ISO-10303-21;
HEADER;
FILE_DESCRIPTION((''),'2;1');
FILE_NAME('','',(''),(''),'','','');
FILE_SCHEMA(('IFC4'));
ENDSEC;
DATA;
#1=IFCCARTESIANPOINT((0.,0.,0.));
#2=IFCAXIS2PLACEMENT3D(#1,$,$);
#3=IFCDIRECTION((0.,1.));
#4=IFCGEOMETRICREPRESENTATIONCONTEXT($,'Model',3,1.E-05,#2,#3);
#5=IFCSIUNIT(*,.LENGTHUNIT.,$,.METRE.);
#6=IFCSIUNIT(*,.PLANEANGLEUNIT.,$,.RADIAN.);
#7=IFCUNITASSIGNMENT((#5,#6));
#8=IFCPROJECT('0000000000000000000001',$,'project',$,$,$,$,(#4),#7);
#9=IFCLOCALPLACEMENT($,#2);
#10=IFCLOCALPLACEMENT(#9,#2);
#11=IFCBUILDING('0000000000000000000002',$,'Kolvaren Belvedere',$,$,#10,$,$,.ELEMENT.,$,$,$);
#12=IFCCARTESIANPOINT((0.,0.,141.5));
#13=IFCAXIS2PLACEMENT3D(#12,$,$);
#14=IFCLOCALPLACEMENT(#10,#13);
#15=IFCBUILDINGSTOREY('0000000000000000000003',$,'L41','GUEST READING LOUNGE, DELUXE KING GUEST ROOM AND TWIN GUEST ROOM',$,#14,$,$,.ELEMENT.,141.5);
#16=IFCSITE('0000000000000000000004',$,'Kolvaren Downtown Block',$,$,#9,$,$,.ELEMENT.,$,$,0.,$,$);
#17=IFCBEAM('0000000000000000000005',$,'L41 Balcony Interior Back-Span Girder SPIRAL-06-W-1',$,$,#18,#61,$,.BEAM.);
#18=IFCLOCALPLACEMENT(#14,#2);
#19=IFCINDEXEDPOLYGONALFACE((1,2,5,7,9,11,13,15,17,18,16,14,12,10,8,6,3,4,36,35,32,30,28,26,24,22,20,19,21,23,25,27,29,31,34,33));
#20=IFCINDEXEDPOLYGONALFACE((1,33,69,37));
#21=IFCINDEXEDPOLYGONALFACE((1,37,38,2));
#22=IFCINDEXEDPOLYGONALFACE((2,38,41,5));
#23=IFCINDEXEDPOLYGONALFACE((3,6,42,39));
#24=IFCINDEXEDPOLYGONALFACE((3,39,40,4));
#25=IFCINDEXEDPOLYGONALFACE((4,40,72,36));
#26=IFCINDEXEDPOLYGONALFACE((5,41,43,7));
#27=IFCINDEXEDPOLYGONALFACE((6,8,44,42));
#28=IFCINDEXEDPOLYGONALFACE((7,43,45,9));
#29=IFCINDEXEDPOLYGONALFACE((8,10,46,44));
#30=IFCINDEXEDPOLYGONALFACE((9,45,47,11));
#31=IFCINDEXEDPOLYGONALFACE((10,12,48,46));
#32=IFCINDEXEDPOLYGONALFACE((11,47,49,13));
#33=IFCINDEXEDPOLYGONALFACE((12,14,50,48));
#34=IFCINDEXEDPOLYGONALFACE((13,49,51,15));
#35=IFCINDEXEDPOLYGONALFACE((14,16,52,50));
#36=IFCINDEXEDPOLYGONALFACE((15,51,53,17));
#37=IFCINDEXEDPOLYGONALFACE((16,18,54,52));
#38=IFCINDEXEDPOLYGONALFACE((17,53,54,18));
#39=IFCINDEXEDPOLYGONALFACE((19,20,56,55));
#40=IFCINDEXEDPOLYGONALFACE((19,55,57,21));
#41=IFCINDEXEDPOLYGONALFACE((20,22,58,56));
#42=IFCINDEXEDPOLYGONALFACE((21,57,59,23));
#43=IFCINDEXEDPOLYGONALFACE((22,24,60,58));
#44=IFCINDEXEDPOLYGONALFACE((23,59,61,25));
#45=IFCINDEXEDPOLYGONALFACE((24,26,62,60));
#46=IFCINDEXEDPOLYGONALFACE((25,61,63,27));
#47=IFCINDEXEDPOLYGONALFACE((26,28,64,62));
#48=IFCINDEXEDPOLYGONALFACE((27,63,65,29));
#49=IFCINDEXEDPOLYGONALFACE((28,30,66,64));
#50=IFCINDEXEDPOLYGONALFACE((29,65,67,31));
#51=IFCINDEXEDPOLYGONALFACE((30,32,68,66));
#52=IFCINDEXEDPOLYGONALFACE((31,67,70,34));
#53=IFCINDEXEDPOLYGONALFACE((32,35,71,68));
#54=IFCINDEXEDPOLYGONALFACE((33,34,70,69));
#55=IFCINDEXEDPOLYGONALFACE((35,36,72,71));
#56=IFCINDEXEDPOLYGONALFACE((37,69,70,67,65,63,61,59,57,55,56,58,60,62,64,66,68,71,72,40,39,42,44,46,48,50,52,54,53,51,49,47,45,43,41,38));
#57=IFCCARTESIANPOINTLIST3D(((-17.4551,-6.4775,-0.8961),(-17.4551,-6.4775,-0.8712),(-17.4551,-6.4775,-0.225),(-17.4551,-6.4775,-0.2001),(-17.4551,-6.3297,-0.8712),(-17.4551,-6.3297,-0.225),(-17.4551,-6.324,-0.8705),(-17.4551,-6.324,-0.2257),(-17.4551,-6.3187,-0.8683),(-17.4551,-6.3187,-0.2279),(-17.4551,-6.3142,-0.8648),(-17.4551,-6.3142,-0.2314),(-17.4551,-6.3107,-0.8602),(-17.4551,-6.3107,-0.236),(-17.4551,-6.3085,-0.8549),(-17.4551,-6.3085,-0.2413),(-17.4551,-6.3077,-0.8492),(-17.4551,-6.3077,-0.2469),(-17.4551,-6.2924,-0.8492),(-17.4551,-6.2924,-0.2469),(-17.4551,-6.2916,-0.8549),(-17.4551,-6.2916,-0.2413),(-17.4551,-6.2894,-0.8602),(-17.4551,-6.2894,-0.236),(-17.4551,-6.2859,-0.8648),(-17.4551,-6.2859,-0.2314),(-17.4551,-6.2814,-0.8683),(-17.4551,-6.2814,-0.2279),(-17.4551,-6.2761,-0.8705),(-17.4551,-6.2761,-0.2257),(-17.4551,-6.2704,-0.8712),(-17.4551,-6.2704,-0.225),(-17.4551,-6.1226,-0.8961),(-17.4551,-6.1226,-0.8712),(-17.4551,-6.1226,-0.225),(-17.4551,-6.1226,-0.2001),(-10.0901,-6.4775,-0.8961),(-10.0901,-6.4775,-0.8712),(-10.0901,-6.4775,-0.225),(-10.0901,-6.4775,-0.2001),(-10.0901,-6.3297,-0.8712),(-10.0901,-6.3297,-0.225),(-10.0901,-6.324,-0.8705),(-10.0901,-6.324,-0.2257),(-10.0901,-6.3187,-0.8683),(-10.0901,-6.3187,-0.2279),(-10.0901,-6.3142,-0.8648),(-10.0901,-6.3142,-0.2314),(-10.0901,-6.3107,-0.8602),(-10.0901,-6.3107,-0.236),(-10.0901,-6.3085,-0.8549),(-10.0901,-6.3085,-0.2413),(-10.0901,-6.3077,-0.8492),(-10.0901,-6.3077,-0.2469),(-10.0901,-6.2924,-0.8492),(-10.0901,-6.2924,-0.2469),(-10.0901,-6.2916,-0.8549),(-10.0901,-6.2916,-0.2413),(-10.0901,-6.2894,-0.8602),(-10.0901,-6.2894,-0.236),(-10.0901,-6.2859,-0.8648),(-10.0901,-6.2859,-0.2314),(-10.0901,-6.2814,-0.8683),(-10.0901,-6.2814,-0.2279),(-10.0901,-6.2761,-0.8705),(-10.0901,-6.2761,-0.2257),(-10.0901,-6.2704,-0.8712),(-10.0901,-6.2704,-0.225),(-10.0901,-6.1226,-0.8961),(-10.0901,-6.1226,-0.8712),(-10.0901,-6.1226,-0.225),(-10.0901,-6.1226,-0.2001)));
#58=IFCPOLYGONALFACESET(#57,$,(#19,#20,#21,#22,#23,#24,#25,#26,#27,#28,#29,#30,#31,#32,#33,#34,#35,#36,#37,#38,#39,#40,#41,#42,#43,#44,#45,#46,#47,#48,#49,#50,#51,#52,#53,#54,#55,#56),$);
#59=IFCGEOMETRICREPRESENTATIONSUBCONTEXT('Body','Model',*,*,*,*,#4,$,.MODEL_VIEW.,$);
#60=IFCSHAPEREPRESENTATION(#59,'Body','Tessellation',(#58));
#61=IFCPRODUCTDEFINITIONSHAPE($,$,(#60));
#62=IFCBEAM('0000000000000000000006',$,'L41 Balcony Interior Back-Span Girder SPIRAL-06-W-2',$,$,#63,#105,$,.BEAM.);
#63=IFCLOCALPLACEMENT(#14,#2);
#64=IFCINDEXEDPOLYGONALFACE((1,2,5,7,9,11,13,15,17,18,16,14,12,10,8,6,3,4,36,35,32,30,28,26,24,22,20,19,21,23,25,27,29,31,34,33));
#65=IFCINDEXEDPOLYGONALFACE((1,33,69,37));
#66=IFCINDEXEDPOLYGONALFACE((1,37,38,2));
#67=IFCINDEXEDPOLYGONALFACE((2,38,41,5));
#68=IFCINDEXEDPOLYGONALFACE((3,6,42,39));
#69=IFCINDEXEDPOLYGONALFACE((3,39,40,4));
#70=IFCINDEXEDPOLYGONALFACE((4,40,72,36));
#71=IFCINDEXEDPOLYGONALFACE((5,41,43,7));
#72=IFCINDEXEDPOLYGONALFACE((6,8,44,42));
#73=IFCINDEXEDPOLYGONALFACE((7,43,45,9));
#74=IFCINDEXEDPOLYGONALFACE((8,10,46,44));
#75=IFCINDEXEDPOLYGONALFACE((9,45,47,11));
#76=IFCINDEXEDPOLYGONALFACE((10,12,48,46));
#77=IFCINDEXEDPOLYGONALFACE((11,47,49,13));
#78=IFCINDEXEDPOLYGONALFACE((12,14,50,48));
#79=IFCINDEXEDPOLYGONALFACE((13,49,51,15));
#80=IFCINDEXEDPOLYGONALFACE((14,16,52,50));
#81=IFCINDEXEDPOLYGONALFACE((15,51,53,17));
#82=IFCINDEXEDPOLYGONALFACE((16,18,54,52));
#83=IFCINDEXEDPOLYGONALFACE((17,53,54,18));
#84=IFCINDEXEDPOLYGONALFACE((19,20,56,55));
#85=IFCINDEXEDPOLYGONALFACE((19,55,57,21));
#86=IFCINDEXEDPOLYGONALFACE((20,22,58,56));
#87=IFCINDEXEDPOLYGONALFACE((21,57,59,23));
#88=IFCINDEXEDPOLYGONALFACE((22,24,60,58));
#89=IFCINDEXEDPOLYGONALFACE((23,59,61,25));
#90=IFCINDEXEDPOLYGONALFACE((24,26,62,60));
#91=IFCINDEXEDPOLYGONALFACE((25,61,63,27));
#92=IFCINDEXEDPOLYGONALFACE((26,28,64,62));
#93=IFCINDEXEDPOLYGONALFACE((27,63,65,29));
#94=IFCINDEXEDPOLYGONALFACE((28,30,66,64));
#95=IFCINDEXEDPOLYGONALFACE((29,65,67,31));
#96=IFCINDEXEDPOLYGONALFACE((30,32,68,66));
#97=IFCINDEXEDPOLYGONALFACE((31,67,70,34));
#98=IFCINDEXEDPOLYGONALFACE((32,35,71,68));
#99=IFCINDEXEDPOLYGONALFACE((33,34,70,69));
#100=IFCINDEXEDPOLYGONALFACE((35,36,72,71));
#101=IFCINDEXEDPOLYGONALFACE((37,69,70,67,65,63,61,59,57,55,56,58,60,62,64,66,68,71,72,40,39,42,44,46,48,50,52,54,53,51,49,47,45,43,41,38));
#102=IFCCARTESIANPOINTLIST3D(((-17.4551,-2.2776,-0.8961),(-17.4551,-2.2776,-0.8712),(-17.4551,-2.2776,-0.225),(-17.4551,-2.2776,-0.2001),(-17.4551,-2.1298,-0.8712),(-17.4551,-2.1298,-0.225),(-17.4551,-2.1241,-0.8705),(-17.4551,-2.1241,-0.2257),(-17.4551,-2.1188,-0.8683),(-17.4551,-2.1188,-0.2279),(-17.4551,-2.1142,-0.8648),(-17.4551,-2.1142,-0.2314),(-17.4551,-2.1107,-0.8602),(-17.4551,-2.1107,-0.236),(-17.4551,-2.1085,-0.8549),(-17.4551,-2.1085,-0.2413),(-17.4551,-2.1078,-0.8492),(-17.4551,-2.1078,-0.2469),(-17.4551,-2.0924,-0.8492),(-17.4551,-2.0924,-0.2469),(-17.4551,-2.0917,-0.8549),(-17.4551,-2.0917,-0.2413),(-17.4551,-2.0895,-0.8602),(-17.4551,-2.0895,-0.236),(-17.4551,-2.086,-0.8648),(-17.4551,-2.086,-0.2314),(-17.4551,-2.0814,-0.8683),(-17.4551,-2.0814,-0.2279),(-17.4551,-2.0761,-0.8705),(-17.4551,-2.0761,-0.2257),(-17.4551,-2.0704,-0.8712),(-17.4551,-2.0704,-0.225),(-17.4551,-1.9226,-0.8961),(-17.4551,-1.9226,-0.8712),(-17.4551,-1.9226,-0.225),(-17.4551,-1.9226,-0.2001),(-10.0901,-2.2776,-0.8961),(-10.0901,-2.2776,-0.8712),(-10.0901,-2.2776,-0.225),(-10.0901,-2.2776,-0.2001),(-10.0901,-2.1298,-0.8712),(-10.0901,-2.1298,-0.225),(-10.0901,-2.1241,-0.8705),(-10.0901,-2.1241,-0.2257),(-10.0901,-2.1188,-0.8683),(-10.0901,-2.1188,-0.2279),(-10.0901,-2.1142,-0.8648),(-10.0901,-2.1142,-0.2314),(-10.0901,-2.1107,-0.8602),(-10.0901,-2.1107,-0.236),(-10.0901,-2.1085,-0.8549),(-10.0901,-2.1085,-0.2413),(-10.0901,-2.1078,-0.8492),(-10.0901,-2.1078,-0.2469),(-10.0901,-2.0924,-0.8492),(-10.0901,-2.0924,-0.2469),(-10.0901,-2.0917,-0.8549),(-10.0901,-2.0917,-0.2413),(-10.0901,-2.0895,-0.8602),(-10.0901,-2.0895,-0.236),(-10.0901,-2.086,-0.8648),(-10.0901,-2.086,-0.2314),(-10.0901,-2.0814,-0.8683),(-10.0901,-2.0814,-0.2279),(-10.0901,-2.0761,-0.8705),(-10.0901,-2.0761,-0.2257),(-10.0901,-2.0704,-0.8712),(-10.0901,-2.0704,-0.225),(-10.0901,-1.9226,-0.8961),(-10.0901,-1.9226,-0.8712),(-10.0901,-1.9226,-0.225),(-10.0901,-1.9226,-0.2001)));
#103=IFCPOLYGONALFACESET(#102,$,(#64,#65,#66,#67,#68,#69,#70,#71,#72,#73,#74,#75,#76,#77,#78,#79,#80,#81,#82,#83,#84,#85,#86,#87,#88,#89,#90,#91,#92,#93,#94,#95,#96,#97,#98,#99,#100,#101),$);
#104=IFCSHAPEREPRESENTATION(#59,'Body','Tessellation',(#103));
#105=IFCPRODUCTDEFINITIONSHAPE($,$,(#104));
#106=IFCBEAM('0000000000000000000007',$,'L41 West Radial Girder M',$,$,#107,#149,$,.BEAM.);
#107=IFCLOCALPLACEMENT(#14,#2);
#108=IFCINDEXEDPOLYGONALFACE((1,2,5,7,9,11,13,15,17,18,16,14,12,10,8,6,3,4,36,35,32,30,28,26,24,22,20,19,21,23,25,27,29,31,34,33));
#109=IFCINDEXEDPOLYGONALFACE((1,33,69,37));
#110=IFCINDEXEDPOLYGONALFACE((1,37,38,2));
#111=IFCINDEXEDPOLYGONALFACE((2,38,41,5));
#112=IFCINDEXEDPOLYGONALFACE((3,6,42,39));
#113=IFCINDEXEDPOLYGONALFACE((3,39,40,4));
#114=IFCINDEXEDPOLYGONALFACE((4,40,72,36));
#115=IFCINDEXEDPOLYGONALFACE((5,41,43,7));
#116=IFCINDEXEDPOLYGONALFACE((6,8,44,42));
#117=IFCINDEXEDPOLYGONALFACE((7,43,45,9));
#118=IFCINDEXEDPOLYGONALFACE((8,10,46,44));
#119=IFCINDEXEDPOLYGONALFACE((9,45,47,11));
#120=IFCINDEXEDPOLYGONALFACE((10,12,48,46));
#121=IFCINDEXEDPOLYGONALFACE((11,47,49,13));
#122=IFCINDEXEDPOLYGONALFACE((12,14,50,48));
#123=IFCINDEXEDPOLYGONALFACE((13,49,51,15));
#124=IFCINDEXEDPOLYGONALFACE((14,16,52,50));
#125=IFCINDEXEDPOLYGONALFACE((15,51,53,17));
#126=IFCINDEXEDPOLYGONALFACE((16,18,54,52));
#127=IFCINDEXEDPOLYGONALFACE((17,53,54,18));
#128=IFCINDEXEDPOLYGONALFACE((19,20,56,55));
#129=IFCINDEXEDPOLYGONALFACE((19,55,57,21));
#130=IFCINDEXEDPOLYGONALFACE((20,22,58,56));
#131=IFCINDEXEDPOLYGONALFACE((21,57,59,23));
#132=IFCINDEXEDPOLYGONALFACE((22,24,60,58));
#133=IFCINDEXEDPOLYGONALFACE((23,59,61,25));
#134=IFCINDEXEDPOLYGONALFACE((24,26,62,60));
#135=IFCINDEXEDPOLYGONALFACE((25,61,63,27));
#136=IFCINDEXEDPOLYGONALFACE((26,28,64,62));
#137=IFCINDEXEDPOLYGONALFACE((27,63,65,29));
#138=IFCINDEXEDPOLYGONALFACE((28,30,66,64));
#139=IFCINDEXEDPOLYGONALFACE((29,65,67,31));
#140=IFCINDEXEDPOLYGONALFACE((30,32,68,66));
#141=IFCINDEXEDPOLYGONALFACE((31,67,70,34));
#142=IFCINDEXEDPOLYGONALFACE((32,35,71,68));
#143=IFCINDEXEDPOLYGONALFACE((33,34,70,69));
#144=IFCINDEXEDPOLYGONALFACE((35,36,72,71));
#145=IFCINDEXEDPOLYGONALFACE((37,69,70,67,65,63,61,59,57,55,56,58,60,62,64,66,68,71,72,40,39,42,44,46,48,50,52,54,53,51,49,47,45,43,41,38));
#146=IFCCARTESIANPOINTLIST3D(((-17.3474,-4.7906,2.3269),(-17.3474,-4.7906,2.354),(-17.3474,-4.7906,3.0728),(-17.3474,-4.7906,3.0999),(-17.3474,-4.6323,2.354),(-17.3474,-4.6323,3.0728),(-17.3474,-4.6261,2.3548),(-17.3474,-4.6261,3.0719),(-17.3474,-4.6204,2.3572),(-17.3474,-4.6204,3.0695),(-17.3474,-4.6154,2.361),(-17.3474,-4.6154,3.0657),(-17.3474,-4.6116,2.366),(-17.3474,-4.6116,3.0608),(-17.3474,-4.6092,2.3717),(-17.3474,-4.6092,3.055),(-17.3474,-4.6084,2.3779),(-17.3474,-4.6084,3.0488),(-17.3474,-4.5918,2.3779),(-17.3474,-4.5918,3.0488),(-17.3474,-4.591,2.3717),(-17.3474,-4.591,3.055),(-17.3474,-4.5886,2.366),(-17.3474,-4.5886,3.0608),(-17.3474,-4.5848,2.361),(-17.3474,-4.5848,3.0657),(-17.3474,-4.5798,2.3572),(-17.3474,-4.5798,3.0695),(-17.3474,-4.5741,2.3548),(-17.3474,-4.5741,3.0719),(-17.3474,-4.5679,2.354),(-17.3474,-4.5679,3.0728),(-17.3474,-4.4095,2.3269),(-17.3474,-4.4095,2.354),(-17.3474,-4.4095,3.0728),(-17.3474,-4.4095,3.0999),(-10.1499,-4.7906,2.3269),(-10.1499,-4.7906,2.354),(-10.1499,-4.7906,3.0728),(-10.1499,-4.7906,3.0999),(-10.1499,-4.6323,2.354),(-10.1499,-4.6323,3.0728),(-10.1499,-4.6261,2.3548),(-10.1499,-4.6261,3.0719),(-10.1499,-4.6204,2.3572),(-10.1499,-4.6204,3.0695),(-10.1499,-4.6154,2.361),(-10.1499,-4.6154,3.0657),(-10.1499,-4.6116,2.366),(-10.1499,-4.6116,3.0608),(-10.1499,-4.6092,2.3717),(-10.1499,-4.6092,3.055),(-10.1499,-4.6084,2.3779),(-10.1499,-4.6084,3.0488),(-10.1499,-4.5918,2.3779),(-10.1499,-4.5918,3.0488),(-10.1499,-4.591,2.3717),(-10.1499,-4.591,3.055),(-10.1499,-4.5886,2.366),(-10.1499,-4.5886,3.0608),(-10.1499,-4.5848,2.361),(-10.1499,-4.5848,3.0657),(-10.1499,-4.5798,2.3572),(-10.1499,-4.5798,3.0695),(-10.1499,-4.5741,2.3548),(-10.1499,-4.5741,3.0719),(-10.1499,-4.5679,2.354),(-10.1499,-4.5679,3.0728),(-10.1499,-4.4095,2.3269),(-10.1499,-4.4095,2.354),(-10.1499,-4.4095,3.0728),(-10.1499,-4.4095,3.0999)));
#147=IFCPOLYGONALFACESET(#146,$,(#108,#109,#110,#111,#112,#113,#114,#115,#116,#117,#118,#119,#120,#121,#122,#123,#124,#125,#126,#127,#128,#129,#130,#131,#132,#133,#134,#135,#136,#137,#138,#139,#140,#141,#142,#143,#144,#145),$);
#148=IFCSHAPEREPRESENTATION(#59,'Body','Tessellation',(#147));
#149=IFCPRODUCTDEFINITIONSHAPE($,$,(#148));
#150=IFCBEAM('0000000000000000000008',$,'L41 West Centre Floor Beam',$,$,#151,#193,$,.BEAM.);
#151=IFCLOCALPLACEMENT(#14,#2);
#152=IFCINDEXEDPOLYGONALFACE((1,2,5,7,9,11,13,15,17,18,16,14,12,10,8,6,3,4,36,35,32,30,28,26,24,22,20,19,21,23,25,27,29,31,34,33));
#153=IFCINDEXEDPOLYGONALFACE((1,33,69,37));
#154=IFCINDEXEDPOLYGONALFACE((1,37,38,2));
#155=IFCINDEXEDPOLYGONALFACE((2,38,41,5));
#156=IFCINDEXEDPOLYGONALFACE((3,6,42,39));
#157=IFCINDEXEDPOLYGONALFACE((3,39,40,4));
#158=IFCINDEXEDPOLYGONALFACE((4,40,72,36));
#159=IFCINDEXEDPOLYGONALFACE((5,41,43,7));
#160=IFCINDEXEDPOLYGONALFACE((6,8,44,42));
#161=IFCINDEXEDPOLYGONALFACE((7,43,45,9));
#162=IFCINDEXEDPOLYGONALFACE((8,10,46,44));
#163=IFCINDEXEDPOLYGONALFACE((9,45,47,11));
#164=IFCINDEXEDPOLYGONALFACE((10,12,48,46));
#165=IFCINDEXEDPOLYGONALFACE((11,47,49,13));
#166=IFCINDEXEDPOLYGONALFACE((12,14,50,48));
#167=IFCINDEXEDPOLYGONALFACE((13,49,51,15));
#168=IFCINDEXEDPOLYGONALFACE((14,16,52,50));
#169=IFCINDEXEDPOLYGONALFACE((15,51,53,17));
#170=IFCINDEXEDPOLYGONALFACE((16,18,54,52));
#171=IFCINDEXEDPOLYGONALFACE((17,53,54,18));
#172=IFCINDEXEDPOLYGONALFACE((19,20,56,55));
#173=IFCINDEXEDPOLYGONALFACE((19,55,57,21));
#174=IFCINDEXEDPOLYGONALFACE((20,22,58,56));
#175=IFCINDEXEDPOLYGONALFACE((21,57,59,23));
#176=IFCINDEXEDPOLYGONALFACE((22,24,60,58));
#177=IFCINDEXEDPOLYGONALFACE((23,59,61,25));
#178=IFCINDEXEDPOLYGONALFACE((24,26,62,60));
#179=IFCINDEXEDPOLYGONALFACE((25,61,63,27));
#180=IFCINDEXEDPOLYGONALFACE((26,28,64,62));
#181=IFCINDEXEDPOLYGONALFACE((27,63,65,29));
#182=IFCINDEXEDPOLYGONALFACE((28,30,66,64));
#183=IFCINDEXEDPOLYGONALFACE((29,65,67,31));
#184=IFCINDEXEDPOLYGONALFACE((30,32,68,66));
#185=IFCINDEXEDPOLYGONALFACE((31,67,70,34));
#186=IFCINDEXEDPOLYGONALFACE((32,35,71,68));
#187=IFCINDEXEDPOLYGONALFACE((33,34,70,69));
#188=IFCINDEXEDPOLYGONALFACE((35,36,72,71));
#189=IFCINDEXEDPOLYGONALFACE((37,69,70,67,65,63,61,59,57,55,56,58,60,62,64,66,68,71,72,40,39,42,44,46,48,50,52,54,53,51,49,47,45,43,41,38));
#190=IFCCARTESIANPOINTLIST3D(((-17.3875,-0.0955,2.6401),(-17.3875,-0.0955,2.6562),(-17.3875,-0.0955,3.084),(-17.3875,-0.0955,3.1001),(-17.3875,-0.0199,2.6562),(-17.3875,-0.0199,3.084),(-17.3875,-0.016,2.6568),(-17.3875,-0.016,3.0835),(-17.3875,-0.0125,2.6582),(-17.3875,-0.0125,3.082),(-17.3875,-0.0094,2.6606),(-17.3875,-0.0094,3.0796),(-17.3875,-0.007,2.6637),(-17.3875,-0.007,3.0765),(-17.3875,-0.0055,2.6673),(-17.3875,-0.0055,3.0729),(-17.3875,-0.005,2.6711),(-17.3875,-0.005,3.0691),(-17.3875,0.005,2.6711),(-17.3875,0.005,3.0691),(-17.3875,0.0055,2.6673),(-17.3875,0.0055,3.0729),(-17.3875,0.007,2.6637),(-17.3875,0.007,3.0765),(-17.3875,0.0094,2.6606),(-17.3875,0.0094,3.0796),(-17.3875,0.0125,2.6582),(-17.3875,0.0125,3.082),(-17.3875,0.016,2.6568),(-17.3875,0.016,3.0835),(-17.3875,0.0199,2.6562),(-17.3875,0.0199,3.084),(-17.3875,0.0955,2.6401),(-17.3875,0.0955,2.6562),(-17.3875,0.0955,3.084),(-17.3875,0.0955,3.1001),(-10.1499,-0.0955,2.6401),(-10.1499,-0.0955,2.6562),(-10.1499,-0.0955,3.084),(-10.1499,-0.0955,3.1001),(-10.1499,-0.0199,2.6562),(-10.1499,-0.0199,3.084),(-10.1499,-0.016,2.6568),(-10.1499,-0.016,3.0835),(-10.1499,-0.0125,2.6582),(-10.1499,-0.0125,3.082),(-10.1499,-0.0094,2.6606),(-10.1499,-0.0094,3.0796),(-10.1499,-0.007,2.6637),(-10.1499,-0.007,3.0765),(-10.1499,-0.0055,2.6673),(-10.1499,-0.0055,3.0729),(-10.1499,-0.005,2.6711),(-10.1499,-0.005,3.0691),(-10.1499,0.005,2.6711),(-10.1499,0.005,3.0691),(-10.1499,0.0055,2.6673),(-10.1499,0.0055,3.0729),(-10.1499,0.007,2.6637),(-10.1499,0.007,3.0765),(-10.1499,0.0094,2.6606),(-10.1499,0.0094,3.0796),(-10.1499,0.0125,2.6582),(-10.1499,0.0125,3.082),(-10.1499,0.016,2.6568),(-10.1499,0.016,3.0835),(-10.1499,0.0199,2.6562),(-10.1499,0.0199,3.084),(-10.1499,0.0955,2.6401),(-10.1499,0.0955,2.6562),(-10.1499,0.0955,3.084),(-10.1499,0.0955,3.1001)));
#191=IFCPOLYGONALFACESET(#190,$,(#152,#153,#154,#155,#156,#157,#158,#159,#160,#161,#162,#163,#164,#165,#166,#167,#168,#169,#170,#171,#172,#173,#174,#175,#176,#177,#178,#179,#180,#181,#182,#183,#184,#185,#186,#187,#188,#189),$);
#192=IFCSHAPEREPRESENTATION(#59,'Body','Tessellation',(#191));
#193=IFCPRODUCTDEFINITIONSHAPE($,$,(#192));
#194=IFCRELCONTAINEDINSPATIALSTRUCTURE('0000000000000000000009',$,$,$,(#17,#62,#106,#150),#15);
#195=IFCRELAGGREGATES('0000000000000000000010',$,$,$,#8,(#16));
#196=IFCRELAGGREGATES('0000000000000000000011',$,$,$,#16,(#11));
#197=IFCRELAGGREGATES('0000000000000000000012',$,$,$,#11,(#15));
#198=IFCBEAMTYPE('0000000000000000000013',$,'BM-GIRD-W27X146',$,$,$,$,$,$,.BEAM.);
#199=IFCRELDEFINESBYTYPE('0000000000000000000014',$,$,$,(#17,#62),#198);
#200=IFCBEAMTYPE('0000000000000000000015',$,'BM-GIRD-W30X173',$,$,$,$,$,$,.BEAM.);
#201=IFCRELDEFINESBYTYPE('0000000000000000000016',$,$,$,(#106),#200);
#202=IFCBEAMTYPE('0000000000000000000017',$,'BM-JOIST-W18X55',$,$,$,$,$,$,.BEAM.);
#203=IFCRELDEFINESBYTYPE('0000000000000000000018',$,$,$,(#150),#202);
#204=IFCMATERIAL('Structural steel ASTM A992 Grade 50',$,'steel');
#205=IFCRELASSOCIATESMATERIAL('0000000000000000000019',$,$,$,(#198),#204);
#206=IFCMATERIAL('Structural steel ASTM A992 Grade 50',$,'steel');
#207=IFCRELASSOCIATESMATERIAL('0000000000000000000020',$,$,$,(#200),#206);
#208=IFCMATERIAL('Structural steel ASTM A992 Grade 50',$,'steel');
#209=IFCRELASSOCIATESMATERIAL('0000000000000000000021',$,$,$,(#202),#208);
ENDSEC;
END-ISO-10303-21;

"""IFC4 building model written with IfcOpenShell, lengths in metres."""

from ifc_helpers import new_model, si_unit, direction, frame, origin, origin_2d, place, context, subcontext, project, spatial, i_section, extrude, material, material_profile, profile_set, type_object, element, save


model = new_model("IFC4")

# Units and contexts
model_context = context("Model", 3, precision=1e-05, world=origin(), true_north=direction((0.0, 1.0)))
body_context = subcontext(model_context, "Body", "Model", "MODEL_VIEW")
ifc_project = project(units=[si_unit("LENGTHUNIT", "METRE"), si_unit("PLANEANGLEUNIT", "RADIAN")], contexts=[model_context])

# Site, building, storey
site_placement = place(None, origin())
site = spatial("IfcSite", under=ifc_project, at=site_placement, Name="Kolvaren Downtown Block", CompositionType="ELEMENT", RefElevation=0.0)
building_placement = place(site_placement, origin())
building = spatial("IfcBuilding", under=site, at=building_placement, Name="Kolvaren Belvedere", CompositionType="ELEMENT")
storey_placement = place(building_placement, frame((0.0, 0.0, 141.5)))
storey = spatial("IfcBuildingStorey", under=building, at=storey_placement, Name="L41", Description="GUEST READING LOUNGE, DELUXE KING GUEST ROOM AND TWIN GUEST ROOM", CompositionType="ELEMENT", Elevation=141.5)

# Beams
ifc_material_1 = material(Name="Structural steel ASTM A992 Grade 50", Category="steel")
ifc_material_profile_1 = material_profile(ifc_material_1, i_section(OverallWidth=0.355, OverallDepth=0.696, WebThickness=0.0154, FlangeThickness=0.0249, FilletRadius=0.022, at=origin_2d()), Name="W27X146")
ifc_profile_set_1 = profile_set([ifc_material_profile_1], Name="Structural steel ASTM A992 Grade 50")
beam_type_1 = type_object("IfcBeamType", Name="BM-GIRD-W27X146", PredefinedType="BEAM", material=ifc_profile_set_1)
for number, where, z_axis, x_axis, name in (
    (1, (-10.0901, -6.3, -0.5481), (-1.0, 0.0, 0.0), (0.0, -1.0, 0.0), "L41 Balcony Interior Back-Span Girder SPIRAL-06-W-1"),
    (2, (-10.0901, -2.1001, -0.5481), (-1.0, 0.0, 0.0), (0.0, -1.0, 0.0), "L41 Balcony Interior Back-Span Girder SPIRAL-06-W-2"),
):
    element("IfcBeam", number, at=place(storey_placement, frame(where, z_axis=z_axis, x_axis=x_axis)), inside=storey, type_object=beam_type_1, Name=name, PredefinedType="BEAM", context=body_context, shape_type="SweptSolid", body=[
        extrude(i_section(OverallWidth=0.355, OverallDepth=0.696, WebThickness=0.0154, FlangeThickness=0.0249, FilletRadius=0.022, at=origin_2d()), origin(), (0.0, 0.0, 1.0), 7.365),
    ])
ifc_material_2 = material(Name="Structural steel ASTM A992 Grade 50", Category="steel")
ifc_material_profile_2 = material_profile(ifc_material_2, i_section(OverallWidth=0.3811, OverallDepth=0.7729, WebThickness=0.0166, FlangeThickness=0.0271, FilletRadius=0.0239, at=origin_2d()), Name="W30X173")
ifc_profile_set_2 = profile_set([ifc_material_profile_2], Name="Structural steel ASTM A992 Grade 50")
beam_type_2 = type_object("IfcBeamType", Name="BM-GIRD-W30X173", PredefinedType="BEAM", material=ifc_profile_set_2)
beam_1_placement = place(storey_placement, frame((-10.1499, -4.6001, 2.7134), z_axis=(-1.0, 0.0, 0.0), x_axis=(0.0, -1.0, 0.0)))
element("IfcBeam", 3, at=beam_1_placement, inside=storey, type_object=beam_type_2, Name="L41 West Radial Girder M", PredefinedType="BEAM", context=body_context, shape_type="SweptSolid", body=[
    extrude(i_section(OverallWidth=0.3811, OverallDepth=0.7729, WebThickness=0.0166, FlangeThickness=0.0271, FilletRadius=0.0239, at=origin_2d()), origin(), (0.0, 0.0, 1.0), 7.1975),
])
ifc_material_3 = material(Name="Structural steel ASTM A992 Grade 50", Category="steel")
ifc_material_profile_3 = material_profile(ifc_material_3, i_section(OverallWidth=0.1909, OverallDepth=0.46, WebThickness=0.01, FlangeThickness=0.0161, FilletRadius=0.0149, at=origin_2d()), Name="W18X55")
ifc_profile_set_3 = profile_set([ifc_material_profile_3], Name="Structural steel ASTM A992 Grade 50")
beam_type_3 = type_object("IfcBeamType", Name="BM-JOIST-W18X55", PredefinedType="BEAM", material=ifc_profile_set_3)
beam_2_placement = place(storey_placement, frame((-10.1499, 0.0, 2.8701), z_axis=(-1.0, 0.0, 0.0), x_axis=(0.0, -1.0, 0.0)))
element("IfcBeam", 4, at=beam_2_placement, inside=storey, type_object=beam_type_3, Name="L41 West Centre Floor Beam", PredefinedType="BEAM", context=body_context, shape_type="SweptSolid", body=[
    extrude(i_section(OverallWidth=0.1909, OverallDepth=0.46, WebThickness=0.01, FlangeThickness=0.0161, FilletRadius=0.0149, at=origin_2d()), origin(), (0.0, 0.0, 1.0), 7.2375),
])

save(model, "model.ifc")
